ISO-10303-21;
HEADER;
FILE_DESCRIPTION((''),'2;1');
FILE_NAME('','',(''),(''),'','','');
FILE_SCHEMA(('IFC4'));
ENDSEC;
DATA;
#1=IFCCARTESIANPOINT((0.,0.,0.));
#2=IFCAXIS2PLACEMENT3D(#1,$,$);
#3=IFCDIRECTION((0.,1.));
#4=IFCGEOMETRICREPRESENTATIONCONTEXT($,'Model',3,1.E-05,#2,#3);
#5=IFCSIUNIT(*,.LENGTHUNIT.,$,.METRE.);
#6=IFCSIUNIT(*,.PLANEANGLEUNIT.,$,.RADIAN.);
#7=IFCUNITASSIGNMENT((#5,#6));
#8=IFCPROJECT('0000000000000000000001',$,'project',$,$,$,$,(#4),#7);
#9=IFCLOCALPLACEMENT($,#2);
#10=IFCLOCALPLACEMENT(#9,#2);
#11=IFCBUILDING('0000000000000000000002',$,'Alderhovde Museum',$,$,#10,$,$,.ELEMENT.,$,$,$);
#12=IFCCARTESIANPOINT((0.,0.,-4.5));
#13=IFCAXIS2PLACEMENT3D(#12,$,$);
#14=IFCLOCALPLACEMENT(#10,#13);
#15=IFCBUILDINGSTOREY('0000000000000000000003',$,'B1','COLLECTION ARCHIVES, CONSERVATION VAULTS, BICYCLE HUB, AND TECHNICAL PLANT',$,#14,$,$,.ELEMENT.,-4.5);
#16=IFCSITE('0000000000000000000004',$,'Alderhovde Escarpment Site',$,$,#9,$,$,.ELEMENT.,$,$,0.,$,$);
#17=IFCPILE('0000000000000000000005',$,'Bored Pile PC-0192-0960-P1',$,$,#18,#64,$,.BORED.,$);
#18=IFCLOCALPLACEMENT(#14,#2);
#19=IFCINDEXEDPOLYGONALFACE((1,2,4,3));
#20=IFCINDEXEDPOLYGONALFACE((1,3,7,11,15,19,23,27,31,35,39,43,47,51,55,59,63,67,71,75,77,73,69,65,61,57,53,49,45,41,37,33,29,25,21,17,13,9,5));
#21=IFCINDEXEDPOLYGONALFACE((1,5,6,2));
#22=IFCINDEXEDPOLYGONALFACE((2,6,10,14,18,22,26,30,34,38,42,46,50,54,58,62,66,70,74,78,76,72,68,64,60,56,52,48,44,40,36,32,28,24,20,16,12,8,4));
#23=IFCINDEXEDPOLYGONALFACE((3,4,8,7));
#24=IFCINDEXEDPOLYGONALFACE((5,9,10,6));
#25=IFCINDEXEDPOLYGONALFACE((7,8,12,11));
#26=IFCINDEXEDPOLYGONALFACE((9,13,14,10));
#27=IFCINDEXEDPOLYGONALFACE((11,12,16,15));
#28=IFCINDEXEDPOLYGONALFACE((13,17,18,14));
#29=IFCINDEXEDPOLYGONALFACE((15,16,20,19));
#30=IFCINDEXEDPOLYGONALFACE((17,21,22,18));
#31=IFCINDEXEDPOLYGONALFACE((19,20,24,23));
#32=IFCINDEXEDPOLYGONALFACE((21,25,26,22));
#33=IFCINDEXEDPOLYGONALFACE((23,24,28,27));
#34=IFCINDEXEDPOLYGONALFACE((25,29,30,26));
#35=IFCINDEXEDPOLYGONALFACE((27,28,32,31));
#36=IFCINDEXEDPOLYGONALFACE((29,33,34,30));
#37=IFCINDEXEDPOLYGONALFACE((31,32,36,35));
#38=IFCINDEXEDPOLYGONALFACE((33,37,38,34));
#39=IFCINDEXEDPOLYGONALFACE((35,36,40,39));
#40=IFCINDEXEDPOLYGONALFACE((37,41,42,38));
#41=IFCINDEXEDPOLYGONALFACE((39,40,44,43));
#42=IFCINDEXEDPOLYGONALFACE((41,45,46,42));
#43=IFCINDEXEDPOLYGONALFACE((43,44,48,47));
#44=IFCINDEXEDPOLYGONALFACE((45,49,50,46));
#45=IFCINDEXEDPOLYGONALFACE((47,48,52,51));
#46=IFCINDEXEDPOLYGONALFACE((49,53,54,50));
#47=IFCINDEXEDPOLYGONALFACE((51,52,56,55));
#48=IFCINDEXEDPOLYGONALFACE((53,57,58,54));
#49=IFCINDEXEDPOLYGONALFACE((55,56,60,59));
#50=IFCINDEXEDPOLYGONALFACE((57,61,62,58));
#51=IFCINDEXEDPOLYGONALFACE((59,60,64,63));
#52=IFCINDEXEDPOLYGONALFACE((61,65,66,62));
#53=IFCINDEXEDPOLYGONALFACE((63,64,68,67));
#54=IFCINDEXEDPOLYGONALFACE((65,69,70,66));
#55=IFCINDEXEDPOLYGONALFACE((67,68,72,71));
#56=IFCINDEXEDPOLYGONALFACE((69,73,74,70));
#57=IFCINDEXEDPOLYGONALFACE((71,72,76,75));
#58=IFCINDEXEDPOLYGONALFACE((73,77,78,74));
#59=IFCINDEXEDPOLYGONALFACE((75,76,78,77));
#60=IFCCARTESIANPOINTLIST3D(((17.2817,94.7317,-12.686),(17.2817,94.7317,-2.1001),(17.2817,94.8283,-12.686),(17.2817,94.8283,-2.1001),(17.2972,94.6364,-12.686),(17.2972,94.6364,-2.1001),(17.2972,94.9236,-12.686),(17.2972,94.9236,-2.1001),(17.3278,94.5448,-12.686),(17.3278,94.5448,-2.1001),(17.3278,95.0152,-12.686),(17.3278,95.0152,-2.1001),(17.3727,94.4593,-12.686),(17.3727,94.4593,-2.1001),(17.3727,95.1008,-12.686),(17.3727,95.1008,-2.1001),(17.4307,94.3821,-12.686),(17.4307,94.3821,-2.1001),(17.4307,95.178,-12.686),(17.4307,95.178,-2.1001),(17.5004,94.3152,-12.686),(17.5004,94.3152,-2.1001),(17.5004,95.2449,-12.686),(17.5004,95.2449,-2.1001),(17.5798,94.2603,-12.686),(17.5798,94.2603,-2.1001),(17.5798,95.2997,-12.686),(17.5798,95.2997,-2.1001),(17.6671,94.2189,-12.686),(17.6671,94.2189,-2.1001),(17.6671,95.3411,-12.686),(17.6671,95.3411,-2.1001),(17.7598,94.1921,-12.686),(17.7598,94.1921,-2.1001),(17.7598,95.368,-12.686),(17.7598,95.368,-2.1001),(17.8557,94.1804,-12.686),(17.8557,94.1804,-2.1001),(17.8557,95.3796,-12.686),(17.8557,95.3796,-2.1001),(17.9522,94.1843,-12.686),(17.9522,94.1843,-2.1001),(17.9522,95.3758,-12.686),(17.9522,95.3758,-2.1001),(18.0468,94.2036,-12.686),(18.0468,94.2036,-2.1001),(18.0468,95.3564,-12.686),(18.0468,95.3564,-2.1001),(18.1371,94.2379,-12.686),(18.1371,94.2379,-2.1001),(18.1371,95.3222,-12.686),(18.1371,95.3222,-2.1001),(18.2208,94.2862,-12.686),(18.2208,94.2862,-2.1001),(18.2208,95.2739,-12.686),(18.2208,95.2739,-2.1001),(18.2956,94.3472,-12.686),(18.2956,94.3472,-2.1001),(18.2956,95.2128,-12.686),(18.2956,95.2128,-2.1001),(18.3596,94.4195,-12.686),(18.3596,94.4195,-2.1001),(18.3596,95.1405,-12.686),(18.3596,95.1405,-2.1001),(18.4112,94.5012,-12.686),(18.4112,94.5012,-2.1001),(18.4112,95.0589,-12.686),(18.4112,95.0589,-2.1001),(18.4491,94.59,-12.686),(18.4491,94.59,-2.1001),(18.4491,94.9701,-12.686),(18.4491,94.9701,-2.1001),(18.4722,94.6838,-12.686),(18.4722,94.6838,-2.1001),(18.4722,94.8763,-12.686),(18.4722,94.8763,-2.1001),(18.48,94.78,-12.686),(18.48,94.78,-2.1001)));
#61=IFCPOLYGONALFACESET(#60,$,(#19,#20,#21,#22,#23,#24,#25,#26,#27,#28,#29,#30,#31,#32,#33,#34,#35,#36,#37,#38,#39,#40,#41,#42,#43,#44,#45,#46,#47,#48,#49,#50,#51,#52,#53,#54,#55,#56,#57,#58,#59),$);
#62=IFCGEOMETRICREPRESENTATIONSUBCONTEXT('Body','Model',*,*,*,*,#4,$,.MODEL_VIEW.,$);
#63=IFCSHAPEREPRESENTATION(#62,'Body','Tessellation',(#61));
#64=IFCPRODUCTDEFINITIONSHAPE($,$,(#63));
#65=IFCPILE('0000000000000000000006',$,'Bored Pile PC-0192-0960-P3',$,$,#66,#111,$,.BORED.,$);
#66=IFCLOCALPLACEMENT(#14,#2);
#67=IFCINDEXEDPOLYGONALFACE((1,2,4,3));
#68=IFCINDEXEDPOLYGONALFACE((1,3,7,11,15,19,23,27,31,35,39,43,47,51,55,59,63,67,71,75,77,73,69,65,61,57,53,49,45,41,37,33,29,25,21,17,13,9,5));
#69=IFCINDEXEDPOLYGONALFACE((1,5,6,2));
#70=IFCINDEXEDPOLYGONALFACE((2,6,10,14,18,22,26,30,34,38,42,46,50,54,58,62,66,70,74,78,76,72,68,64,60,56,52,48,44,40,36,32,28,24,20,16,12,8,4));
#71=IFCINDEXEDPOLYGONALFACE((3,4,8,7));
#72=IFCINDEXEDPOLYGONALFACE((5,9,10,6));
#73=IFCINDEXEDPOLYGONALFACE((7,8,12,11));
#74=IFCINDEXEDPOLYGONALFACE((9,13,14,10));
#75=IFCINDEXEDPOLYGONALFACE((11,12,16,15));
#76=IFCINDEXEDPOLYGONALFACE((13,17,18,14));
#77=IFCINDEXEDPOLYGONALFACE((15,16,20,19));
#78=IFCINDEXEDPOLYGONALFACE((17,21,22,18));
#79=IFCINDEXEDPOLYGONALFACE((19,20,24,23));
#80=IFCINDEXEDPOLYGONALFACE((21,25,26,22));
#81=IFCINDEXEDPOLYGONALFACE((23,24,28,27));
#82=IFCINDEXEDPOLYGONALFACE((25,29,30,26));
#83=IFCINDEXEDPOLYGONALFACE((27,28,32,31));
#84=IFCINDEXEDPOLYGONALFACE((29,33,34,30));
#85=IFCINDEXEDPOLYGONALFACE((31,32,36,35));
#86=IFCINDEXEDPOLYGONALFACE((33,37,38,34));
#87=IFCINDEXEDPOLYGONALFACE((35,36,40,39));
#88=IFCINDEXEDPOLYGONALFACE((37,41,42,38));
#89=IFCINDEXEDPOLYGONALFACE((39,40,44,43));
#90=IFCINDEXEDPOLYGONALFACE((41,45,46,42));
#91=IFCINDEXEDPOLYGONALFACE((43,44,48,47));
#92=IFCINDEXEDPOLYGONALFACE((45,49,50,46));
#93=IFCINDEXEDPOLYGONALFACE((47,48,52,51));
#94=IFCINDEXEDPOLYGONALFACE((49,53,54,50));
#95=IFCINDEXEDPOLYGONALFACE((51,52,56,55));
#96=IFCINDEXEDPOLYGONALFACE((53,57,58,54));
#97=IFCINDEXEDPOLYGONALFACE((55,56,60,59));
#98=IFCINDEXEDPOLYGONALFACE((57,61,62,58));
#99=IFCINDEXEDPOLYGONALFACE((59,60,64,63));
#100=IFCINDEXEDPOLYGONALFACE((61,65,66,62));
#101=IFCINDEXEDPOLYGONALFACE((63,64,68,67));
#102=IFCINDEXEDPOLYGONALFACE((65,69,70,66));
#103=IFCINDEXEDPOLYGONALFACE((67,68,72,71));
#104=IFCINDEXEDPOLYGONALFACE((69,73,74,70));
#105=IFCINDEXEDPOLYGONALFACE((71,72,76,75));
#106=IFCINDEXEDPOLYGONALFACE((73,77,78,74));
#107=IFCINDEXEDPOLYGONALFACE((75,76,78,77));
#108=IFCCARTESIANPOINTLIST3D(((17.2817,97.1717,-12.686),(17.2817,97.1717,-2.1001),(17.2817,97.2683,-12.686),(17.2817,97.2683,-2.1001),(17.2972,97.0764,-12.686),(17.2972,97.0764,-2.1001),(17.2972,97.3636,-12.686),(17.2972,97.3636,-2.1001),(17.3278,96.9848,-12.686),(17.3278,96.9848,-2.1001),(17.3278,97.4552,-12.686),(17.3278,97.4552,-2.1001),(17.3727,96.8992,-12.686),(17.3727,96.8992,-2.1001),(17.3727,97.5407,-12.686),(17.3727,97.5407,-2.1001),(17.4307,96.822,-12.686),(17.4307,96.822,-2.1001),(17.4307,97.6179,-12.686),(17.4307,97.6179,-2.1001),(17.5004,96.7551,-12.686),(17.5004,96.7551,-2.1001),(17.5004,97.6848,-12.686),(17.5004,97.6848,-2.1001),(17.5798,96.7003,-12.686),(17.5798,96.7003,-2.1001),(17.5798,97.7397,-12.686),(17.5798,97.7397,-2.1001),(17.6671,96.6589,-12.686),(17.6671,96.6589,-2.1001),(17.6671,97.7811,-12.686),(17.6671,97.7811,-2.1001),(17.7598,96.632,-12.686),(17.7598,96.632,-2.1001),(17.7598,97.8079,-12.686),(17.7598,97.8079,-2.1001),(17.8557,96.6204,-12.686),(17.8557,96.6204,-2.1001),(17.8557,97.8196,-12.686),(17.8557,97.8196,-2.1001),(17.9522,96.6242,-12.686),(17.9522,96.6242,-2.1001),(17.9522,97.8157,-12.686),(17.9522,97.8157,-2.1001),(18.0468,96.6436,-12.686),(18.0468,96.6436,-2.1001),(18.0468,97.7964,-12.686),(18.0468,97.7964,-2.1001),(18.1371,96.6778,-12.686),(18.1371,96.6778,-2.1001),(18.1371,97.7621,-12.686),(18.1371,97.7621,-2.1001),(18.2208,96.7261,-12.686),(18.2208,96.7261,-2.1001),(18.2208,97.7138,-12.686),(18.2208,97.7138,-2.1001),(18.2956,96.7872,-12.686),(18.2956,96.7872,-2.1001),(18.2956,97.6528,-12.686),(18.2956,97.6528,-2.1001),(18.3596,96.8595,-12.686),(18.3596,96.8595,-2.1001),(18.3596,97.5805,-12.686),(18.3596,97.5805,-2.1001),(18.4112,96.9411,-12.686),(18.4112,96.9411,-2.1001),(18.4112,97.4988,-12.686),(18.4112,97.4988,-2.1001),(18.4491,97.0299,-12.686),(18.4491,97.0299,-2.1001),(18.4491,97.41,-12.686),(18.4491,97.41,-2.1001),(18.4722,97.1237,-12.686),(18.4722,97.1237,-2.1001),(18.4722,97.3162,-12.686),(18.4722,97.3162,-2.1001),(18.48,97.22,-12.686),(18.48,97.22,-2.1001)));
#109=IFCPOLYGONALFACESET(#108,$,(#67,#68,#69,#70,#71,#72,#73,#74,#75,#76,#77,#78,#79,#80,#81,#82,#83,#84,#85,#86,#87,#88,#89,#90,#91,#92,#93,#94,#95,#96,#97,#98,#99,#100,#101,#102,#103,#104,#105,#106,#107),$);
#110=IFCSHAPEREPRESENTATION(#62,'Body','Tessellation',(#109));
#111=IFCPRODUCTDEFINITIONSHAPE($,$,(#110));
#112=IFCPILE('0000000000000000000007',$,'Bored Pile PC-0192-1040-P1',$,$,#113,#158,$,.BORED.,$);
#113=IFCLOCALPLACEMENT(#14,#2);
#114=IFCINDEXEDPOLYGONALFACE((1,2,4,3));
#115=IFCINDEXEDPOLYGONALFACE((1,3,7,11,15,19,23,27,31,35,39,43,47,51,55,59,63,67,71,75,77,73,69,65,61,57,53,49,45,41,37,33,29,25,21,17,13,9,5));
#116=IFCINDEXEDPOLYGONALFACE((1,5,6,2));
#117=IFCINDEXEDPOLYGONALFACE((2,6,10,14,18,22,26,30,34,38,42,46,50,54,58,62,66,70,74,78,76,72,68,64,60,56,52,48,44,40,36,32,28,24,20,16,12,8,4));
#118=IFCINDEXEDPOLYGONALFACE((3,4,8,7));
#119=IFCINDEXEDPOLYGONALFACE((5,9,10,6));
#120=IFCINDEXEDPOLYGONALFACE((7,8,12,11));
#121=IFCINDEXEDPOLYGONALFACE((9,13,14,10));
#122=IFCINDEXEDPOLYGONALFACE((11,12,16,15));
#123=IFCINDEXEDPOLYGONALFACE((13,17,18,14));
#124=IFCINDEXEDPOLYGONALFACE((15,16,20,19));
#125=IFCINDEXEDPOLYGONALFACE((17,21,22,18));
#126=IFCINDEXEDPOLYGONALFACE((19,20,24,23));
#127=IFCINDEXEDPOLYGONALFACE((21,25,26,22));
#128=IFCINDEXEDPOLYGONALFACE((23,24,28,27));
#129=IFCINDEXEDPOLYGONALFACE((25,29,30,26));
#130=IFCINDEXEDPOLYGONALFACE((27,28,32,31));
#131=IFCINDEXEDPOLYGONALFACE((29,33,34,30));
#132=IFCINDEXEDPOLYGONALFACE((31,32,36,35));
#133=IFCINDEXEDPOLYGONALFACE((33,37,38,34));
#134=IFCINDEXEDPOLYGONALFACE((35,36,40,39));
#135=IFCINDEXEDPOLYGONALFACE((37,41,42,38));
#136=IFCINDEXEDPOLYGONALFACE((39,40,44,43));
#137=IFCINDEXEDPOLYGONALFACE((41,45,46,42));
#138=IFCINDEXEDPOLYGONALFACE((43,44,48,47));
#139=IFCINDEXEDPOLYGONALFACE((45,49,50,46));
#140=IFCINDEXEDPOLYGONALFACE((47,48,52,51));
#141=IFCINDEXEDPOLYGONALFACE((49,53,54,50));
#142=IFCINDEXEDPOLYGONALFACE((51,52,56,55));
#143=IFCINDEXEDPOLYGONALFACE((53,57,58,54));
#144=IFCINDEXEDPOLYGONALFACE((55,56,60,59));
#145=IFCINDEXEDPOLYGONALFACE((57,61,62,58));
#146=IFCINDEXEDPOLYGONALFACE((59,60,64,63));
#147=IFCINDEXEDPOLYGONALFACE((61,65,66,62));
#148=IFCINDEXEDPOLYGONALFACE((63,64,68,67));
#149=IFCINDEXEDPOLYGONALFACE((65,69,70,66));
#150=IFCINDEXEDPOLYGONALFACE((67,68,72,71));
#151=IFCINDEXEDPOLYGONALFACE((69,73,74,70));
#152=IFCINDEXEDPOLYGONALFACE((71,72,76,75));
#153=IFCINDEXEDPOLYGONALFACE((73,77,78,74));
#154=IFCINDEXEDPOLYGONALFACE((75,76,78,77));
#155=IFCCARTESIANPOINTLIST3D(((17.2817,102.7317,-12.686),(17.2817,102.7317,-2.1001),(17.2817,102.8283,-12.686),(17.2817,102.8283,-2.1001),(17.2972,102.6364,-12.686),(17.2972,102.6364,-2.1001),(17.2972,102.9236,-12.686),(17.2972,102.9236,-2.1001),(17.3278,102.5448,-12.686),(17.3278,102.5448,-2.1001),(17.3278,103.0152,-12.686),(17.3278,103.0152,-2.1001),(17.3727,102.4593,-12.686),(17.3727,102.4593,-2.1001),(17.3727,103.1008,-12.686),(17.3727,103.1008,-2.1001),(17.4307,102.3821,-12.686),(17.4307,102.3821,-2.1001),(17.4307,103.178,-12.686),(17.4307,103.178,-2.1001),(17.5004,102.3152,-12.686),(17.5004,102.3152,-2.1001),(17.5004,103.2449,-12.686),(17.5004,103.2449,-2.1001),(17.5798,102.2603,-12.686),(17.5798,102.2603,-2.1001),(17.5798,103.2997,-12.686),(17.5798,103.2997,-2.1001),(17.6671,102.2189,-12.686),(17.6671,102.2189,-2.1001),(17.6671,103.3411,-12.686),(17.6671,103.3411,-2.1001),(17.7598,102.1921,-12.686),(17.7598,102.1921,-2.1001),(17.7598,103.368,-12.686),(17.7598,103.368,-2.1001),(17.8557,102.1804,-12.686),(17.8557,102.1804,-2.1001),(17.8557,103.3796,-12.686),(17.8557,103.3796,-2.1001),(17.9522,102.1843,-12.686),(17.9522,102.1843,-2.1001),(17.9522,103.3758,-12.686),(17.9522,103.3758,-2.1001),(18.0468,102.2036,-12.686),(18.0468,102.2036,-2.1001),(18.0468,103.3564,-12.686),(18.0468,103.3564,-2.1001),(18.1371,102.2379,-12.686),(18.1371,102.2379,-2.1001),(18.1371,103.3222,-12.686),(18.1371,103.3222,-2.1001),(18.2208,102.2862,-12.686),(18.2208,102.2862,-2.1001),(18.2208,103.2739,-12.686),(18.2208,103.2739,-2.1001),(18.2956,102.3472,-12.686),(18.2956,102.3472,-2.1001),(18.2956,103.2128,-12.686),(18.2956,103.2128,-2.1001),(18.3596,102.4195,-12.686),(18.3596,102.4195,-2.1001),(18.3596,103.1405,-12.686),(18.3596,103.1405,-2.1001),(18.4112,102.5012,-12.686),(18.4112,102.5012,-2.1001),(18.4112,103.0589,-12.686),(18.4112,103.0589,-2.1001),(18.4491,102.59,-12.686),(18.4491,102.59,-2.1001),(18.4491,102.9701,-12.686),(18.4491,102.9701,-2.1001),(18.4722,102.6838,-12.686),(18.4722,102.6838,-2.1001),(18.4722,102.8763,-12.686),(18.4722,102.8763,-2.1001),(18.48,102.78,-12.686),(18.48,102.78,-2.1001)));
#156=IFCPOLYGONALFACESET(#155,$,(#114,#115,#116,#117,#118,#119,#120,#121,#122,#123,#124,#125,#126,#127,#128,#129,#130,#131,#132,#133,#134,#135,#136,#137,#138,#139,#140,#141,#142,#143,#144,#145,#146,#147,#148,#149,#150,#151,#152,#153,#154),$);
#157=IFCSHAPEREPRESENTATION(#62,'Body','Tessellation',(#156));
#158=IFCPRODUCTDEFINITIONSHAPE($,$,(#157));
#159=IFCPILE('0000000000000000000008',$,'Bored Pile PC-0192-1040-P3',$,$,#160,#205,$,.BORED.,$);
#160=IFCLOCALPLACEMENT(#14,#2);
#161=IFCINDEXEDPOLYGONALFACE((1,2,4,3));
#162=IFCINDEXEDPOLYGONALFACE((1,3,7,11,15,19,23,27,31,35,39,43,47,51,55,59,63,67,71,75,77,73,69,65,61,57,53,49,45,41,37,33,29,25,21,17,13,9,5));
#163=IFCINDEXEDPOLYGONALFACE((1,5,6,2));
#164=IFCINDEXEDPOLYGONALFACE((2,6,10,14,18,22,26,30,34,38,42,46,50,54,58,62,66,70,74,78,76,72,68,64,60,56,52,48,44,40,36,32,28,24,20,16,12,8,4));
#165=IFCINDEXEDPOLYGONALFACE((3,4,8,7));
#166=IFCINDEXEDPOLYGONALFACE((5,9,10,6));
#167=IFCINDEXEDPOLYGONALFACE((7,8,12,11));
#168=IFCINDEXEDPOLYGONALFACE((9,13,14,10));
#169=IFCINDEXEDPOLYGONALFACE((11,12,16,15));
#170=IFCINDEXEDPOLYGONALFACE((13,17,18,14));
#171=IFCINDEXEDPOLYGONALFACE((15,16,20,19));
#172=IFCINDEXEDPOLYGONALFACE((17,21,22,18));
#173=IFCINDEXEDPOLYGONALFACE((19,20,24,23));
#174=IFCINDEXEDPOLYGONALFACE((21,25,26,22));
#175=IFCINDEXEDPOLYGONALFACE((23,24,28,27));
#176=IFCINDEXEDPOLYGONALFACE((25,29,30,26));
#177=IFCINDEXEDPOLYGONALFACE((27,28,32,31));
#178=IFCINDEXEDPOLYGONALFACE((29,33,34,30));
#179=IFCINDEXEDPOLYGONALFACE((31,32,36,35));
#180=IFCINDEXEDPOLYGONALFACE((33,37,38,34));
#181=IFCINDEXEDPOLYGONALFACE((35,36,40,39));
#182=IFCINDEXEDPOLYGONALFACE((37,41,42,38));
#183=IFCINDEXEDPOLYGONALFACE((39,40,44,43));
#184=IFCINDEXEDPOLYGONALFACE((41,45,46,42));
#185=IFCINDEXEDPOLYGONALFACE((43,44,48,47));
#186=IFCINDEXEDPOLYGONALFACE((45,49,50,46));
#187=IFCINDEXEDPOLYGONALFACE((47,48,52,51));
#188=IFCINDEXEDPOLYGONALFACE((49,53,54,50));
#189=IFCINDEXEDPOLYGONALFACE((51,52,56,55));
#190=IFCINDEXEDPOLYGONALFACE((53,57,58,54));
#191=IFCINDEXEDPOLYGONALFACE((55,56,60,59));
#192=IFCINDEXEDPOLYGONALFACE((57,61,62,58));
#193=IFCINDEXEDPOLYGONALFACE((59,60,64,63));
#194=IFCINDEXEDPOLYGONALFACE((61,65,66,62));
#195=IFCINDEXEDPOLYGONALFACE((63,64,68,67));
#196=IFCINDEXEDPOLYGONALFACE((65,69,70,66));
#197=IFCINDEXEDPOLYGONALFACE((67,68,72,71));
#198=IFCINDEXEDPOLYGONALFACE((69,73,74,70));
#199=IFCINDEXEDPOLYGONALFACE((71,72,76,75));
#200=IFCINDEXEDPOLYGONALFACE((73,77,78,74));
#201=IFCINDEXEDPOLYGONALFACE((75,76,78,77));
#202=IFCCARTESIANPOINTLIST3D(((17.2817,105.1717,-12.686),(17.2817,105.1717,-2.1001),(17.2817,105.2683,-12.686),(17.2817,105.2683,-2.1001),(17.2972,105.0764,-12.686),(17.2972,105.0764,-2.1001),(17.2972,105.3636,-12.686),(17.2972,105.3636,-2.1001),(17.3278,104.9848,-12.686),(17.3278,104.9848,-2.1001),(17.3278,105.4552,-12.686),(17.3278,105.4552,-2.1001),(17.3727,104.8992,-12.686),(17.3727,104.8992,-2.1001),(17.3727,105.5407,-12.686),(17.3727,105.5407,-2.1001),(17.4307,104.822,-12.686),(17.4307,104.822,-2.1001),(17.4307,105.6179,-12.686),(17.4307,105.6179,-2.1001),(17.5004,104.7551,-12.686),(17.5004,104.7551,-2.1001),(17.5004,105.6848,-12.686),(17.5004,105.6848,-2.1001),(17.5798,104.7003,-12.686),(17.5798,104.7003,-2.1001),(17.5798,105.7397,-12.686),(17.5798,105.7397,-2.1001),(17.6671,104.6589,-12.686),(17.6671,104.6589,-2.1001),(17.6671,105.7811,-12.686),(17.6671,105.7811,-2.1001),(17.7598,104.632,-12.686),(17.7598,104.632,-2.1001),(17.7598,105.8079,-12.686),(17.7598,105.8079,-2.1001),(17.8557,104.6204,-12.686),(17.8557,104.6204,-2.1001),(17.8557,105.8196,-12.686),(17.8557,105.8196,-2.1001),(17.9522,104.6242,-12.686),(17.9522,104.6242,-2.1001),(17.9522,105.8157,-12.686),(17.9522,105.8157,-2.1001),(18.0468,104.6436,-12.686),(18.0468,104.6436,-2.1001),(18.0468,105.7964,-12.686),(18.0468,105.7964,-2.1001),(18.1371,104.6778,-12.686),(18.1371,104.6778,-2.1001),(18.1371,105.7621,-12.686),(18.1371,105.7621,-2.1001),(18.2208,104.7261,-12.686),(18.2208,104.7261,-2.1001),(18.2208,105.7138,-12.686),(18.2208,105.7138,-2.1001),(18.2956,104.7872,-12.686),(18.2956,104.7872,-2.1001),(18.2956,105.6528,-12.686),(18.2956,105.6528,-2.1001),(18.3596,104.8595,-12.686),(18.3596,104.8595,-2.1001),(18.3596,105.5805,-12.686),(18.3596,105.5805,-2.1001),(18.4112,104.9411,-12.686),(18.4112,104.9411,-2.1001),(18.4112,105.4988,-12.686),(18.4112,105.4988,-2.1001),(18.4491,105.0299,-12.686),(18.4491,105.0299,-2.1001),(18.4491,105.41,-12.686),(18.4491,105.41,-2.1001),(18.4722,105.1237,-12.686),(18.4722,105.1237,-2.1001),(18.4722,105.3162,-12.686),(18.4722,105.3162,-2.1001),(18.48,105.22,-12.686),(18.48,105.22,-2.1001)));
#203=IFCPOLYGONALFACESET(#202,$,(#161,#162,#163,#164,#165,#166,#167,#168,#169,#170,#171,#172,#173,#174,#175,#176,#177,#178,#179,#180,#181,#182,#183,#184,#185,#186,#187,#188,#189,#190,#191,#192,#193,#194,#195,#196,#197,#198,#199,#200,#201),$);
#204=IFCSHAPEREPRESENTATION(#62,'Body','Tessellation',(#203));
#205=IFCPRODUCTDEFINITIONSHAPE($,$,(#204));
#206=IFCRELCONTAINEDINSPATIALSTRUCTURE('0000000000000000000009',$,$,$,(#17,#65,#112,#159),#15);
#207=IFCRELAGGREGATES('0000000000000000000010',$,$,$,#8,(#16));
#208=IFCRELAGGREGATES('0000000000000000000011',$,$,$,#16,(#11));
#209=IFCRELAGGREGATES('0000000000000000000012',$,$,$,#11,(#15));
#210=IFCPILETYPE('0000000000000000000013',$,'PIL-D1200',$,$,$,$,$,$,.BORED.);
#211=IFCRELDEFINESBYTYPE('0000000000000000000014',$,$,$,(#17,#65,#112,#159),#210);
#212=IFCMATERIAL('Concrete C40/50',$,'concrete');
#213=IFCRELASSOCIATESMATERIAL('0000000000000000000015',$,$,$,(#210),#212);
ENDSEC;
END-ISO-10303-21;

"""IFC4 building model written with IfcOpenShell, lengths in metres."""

from ifc_helpers import new_model, si_unit, direction, frame, origin, origin_2d, place, context, subcontext, project, spatial, circle, extrude, material, material_profile, profile_set, type_object, element, save


model = new_model("IFC4")

# Units and contexts
model_context = context("Model", 3, precision=1e-05, world=origin(), true_north=direction((0.0, 1.0)))
body_context = subcontext(model_context, "Body", "Model", "MODEL_VIEW")
ifc_project = project(units=[si_unit("LENGTHUNIT", "METRE"), si_unit("PLANEANGLEUNIT", "RADIAN")], contexts=[model_context])

# Site, building, storey
site_placement = place(None, origin())
site = spatial("IfcSite", under=ifc_project, at=site_placement, Name="Alderhovde Escarpment Site", CompositionType="ELEMENT", RefElevation=0.0)
building_placement = place(site_placement, origin())
building = spatial("IfcBuilding", under=site, at=building_placement, Name="Alderhovde Museum", CompositionType="ELEMENT")
storey_placement = place(building_placement, frame((0.0, 0.0, -4.5)))
storey = spatial("IfcBuildingStorey", under=building, at=storey_placement, Name="B1", Description="COLLECTION ARCHIVES, CONSERVATION VAULTS, BICYCLE HUB, AND TECHNICAL PLANT", CompositionType="ELEMENT", Elevation=-4.5)

# Piles
ifc_material_1 = material(Name="Concrete C40/50", Category="concrete")
ifc_material_profile_1 = material_profile(ifc_material_1, circle(Radius=0.6001, at=origin_2d()), Name="PILE-D1200")
ifc_profile_set_1 = profile_set([ifc_material_profile_1], Name="Concrete C40/50")
pile_type = type_object("IfcPileType", Name="PIL-D1200", PredefinedType="BORED", material=ifc_profile_set_1)
for number, where, z_axis, x_axis, name in (
    (1, (17.8799, 94.78, -2.1001), (0.0, 0.0, -1.0), (1.0, 0.0, 0.0), "Bored Pile PC-0192-0960-P1"),
    (2, (17.8799, 97.22, -2.1001), (0.0, 0.0, -1.0), (1.0, 0.0, 0.0), "Bored Pile PC-0192-0960-P3"),
    (3, (17.8799, 102.78, -2.1001), (0.0, 0.0, -1.0), (1.0, 0.0, 0.0), "Bored Pile PC-0192-1040-P1"),
    (4, (17.8799, 105.22, -2.1001), (0.0, 0.0, -1.0), (1.0, 0.0, 0.0), "Bored Pile PC-0192-1040-P3"),
):
    element("IfcPile", number, at=place(storey_placement, frame(where, z_axis=z_axis, x_axis=x_axis)), inside=storey, type_object=pile_type, Name=name, PredefinedType="BORED", context=body_context, shape_type="SweptSolid", body=[
        extrude(circle(Radius=0.6001, at=origin_2d()), origin(), (0.0, 0.0, 1.0), 10.5859),
    ])

save(model, "model.ifc")
